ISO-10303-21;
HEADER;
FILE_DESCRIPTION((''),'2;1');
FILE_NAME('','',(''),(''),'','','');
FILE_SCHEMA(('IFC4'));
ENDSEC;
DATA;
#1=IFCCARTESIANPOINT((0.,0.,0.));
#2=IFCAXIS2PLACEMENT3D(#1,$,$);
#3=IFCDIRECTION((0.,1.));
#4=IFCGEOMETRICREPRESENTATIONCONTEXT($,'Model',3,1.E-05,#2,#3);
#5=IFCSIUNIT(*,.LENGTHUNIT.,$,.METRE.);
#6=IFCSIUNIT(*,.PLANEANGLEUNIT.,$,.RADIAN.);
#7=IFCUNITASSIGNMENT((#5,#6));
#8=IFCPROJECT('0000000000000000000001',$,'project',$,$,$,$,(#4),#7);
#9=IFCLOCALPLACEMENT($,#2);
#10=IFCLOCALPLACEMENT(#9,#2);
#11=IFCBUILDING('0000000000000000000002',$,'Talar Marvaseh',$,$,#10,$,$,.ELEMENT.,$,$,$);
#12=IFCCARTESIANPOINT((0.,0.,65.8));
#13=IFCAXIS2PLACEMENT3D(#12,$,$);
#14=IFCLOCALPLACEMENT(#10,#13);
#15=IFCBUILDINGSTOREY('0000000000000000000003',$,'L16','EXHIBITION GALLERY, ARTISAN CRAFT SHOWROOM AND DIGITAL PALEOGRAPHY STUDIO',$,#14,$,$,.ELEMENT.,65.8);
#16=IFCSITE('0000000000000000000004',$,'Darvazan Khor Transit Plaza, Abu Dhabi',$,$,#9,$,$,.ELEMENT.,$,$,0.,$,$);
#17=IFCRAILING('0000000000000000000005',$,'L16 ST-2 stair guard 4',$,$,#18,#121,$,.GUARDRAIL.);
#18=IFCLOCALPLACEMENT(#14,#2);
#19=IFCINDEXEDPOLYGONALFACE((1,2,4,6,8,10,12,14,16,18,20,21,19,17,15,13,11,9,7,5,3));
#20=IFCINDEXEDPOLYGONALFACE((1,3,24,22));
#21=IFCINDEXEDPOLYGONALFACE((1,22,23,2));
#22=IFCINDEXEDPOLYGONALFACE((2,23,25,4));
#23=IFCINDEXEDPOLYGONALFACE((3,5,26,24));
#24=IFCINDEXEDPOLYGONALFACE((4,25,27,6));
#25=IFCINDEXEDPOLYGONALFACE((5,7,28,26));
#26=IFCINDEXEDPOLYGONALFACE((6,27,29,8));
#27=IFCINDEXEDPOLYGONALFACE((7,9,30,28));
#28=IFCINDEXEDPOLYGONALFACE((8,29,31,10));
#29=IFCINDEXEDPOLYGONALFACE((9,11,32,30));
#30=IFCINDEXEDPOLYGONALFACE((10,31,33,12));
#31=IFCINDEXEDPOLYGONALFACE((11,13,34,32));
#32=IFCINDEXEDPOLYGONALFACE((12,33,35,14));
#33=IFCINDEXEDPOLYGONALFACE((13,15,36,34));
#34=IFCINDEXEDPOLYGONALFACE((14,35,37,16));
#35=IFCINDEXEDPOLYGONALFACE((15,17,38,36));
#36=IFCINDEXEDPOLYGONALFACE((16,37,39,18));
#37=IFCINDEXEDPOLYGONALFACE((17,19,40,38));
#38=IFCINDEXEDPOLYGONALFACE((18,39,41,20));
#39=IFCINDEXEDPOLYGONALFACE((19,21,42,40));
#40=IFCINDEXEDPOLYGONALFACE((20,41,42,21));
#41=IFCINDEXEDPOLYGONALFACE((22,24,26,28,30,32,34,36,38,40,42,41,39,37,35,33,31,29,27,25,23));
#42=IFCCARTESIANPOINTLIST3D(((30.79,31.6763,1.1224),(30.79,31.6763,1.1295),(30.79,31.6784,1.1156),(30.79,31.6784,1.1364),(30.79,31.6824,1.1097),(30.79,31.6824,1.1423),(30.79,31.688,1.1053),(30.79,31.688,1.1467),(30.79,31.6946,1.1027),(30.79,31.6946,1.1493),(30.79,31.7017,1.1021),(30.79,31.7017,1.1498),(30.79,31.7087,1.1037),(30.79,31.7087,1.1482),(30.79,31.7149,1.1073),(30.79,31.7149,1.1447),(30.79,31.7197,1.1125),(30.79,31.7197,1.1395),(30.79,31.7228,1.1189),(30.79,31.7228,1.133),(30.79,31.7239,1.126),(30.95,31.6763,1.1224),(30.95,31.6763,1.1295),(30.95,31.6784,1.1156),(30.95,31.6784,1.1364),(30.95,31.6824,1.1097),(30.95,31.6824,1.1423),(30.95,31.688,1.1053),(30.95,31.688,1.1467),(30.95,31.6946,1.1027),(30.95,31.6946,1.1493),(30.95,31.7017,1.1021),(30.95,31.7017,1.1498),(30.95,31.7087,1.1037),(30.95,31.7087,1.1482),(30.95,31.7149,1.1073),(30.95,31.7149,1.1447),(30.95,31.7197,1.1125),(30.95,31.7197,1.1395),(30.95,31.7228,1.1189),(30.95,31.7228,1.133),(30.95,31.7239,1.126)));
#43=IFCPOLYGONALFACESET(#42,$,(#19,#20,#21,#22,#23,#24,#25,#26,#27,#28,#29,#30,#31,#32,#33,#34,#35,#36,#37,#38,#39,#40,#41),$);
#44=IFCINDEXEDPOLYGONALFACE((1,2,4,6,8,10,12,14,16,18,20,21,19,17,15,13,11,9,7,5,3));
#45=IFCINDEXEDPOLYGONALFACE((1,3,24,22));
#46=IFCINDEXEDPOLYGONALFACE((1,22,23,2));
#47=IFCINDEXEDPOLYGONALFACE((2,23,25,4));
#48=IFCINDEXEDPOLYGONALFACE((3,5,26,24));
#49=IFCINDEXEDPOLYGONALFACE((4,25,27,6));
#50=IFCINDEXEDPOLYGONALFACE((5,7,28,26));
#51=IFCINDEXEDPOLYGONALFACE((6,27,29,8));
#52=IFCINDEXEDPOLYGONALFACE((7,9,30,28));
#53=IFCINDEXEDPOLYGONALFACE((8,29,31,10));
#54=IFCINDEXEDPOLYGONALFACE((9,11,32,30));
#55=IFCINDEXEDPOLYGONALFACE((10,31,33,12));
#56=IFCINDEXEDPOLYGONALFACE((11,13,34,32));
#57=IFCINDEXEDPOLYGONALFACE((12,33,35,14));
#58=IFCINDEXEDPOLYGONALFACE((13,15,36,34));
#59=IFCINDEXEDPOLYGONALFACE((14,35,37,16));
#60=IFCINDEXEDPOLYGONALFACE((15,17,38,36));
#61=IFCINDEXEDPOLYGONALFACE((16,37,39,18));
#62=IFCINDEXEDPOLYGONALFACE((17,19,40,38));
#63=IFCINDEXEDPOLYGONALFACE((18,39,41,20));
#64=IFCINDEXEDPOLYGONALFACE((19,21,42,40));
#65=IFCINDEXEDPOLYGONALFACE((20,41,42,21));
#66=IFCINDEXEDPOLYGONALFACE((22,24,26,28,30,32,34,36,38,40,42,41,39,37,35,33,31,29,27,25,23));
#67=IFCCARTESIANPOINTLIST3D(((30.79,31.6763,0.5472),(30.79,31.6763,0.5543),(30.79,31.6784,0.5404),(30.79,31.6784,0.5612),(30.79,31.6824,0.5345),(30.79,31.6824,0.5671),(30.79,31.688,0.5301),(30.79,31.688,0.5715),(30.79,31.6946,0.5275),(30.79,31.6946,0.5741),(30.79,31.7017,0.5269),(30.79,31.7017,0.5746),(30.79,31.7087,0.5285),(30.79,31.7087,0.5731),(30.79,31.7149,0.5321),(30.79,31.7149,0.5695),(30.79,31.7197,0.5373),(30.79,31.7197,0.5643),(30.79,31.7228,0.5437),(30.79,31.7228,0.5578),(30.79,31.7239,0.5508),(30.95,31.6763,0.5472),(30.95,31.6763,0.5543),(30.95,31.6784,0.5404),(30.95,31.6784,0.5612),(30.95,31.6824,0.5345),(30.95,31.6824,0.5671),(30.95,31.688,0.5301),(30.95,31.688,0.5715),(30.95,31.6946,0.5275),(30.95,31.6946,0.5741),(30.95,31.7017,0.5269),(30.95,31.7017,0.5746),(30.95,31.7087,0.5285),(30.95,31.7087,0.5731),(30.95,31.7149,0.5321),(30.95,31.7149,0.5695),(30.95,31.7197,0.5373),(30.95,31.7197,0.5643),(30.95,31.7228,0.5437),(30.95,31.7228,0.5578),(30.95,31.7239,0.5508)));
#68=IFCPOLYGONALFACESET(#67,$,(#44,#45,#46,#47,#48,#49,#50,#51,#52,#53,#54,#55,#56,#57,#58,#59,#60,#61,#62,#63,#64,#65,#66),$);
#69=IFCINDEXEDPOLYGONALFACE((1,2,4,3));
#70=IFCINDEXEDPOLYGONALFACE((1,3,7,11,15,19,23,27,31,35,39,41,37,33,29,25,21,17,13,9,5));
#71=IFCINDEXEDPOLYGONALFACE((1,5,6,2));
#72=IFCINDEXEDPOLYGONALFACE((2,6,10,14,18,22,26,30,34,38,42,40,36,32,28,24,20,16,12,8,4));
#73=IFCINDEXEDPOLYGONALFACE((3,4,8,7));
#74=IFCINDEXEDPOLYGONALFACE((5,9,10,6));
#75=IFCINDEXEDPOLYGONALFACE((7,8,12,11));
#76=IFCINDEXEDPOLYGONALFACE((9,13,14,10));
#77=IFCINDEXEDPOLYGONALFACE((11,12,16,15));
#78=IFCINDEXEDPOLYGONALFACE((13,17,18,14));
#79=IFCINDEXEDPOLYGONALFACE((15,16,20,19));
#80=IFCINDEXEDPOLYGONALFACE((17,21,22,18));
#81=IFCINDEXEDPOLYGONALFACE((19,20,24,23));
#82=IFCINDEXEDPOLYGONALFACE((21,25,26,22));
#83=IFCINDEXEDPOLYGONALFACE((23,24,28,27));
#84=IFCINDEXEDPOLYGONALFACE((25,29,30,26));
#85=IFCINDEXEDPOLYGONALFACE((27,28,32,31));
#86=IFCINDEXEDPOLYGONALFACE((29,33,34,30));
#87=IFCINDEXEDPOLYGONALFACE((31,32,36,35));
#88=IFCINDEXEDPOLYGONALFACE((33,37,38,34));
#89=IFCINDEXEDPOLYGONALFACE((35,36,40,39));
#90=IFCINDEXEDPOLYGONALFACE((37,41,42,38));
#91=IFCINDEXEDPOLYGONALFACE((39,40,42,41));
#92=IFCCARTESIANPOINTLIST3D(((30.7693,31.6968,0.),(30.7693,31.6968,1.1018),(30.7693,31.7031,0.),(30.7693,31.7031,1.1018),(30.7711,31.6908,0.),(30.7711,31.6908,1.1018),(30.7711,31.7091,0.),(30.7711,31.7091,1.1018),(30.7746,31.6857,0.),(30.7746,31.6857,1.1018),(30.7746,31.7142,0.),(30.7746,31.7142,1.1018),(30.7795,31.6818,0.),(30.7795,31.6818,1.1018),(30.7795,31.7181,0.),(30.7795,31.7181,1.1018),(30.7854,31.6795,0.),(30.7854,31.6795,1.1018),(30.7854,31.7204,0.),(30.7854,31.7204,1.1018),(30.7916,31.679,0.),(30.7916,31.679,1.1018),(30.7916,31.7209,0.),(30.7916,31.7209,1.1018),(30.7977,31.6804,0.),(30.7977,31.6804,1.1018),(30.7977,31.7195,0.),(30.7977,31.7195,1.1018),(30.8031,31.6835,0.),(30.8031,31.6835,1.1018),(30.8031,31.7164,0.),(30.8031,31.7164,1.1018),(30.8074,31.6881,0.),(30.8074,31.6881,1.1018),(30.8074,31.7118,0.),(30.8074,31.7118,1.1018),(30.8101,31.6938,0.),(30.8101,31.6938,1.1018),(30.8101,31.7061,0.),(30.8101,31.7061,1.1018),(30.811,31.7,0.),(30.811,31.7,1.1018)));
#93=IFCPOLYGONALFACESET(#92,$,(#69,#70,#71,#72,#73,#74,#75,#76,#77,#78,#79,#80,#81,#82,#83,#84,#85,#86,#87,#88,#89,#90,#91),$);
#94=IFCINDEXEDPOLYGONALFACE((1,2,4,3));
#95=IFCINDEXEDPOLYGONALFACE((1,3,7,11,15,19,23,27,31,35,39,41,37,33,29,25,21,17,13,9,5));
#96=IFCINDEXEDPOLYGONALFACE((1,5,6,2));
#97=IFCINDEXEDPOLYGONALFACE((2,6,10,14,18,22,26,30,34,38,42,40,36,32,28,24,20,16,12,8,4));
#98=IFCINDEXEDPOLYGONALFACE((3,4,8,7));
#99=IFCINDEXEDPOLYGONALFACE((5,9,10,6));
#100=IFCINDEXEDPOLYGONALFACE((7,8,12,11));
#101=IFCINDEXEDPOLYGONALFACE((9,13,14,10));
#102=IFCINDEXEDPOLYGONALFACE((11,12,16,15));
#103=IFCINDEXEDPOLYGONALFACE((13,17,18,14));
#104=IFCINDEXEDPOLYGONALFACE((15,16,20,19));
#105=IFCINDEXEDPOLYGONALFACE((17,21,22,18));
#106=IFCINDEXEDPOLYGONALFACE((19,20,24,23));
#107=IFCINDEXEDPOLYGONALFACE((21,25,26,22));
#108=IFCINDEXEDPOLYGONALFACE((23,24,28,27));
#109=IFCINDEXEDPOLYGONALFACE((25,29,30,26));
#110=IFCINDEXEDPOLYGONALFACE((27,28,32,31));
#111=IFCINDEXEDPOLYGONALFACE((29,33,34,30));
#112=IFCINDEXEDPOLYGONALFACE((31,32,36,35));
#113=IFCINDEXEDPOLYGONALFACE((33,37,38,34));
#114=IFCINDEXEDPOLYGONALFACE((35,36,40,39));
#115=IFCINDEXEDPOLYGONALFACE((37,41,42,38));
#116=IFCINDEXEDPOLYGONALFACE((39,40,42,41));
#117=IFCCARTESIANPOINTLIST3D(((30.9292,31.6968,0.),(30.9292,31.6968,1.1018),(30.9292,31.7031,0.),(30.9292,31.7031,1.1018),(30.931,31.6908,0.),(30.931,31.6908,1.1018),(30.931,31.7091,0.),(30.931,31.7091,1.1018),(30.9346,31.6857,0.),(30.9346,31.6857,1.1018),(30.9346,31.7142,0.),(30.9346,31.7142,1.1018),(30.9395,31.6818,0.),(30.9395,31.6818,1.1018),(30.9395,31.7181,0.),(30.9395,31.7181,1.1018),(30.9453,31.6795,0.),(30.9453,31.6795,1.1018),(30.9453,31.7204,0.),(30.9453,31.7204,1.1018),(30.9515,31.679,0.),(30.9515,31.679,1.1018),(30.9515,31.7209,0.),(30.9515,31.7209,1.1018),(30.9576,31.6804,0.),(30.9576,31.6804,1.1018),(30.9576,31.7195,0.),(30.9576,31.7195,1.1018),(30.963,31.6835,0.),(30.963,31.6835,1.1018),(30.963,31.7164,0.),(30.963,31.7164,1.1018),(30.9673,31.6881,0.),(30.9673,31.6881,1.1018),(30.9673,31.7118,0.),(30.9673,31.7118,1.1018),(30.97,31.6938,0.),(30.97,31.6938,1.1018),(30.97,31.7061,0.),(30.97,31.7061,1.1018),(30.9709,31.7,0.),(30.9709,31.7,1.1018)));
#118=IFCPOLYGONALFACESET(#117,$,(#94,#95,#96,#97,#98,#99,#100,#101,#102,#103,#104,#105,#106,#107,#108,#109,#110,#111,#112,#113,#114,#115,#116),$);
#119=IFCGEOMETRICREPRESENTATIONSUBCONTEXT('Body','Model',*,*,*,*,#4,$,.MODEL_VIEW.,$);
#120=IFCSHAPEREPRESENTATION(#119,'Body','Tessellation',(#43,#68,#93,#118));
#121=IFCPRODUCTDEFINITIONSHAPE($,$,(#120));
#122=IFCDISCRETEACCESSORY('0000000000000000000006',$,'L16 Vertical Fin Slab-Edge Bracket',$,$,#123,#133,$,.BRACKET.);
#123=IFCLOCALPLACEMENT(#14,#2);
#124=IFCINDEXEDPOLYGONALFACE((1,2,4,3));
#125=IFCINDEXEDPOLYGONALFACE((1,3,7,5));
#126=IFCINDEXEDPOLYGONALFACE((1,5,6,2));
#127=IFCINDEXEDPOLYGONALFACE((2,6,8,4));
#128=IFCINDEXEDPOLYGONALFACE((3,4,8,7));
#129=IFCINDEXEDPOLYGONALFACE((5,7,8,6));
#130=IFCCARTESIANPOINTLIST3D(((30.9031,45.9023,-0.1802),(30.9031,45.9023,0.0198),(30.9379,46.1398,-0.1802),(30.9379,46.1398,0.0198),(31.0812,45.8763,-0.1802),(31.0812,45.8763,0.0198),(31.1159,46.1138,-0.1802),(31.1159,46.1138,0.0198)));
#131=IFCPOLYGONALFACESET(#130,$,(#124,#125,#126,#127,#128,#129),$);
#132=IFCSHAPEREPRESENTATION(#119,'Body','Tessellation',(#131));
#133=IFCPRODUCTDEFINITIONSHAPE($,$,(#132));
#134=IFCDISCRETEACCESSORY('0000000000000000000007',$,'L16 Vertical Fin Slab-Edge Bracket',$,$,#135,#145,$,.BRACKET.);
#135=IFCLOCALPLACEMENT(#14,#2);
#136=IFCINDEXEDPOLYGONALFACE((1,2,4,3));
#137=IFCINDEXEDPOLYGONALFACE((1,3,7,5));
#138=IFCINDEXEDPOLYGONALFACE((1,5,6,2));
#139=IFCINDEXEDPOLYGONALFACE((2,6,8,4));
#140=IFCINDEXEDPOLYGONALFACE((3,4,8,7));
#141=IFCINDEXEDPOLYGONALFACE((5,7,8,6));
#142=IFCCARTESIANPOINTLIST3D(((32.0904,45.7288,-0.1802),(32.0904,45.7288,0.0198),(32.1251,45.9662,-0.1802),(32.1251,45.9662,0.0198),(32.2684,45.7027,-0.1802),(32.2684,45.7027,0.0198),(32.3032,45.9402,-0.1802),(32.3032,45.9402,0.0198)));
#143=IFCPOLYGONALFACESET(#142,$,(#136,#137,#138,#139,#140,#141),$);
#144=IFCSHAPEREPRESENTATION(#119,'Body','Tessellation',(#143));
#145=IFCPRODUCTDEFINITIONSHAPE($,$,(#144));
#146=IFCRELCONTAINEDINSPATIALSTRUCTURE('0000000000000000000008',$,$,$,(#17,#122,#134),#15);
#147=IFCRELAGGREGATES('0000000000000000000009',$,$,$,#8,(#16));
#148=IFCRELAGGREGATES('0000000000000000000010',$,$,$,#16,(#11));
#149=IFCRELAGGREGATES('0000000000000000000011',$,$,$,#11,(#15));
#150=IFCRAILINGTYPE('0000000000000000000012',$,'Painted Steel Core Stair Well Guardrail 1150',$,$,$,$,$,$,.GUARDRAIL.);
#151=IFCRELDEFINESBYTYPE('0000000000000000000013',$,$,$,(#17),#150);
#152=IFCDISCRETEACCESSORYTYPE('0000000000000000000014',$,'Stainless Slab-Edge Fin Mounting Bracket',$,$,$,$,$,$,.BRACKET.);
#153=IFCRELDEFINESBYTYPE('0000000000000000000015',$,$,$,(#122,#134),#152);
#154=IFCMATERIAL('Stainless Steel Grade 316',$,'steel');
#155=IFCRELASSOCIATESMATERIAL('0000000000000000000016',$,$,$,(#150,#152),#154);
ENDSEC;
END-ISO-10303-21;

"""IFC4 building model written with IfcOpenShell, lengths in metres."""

from ifc_helpers import new_model, si_unit, direction, frame, origin, origin_2d, place, context, subcontext, project, spatial, rectangle, circle, extrude, source, transform, mapped, material, type_object, type_shapes, element, save


model = new_model("IFC4")

# Units and contexts
model_context = context("Model", 3, precision=1e-05, world=origin(), true_north=direction((0.0, 1.0)))
body_context = subcontext(model_context, "Body", "Model", "MODEL_VIEW")
ifc_project = project(units=[si_unit("LENGTHUNIT", "METRE"), si_unit("PLANEANGLEUNIT", "RADIAN")], contexts=[model_context])

# Site, building, storey
site_placement = place(None, origin())
site = spatial("IfcSite", under=ifc_project, at=site_placement, Name="Darvazan Khor Transit Plaza, Abu Dhabi", CompositionType="ELEMENT", RefElevation=0.0)
building_placement = place(site_placement, origin())
building = spatial("IfcBuilding", under=site, at=building_placement, Name="Talar Marvaseh", CompositionType="ELEMENT")
storey_placement = place(building_placement, frame((0.0, 0.0, 65.8)))
storey = spatial("IfcBuildingStorey", under=building, at=storey_placement, Name="L16", Description="EXHIBITION GALLERY, ARTISAN CRAFT SHOWROOM AND DIGITAL PALEOGRAPHY STUDIO", CompositionType="ELEMENT", Elevation=65.8)

# Shared definitions
ifc_material_1 = material(Name="Stainless Steel Grade 316", Category="steel")

# Railing
railing_type_1 = type_object("IfcRailingType", Name="Painted Steel Core Stair Well Guardrail 1150", PredefinedType="GUARDRAIL", material=ifc_material_1)
railing_1_placement = place(storey_placement, frame((30.79, 31.7, 0.0)))
element("IfcRailing", 1, at=railing_1_placement, inside=storey, type_object=railing_type_1, Name="L16 ST-2 stair guard 4", PredefinedType="GUARDRAIL", context=body_context, shape_type="SweptSolid", body=[
    extrude(circle(Radius=0.0239, at=origin_2d()), frame((0.0, 0.0, 1.126), z_axis=(1.0, 0.0, 0.0), x_axis=(0.0, 1.0, 0.0)), (0.0, 0.0, 1.0), 0.1599),
    extrude(circle(Radius=0.0239, at=origin_2d()), frame((0.0, 0.0, 0.5508), z_axis=(1.0, 0.0, 0.0), x_axis=(0.0, 1.0, 0.0)), (0.0, 0.0, 1.0), 0.1599),
    extrude(circle(Radius=0.021, at=origin_2d()), origin(), (0.0, 0.0, 1.0), 1.1018),
    extrude(circle(Radius=0.021, at=origin_2d()), frame((0.1599, 0.0, 0.0)), (0.0, 0.0, 1.0), 1.1018),
])

# Discrete accessories
discrete_accessory_type = type_object("IfcDiscreteAccessoryType", Name="Stainless Slab-Edge Fin Mounting Bracket", PredefinedType="BRACKET", material=ifc_material_1)
shared_shape_1 = source(origin(), body_context, "Body", "SweptSolid", [
    extrude(rectangle(XDim=0.24, YDim=0.1799, at=origin_2d()), origin(), (0.0, 0.0, 1.0), 0.2),
])
type_shapes(discrete_accessory_type, [shared_shape_1])
for number, where, z_axis, x_axis, name in (
    (2, (31.0095, 46.0081, -0.1802), (0.0, 0.0, 1.0), (0.144702, 0.989475, 0.0), "L16 Vertical Fin Slab-Edge Bracket"),
    (3, (32.1968, 45.8345, -0.1802), (0.0, 0.0, 1.0), (0.144702, 0.989475, 0.0), "L16 Vertical Fin Slab-Edge Bracket"),
):
    element("IfcDiscreteAccessory", number, at=place(storey_placement, frame(where, z_axis=z_axis, x_axis=x_axis)), inside=storey, type_object=discrete_accessory_type, Name=name, PredefinedType="BRACKET", context=body_context, shape_type="MappedRepresentation", body=[
        mapped(shared_shape_1, transform((0.0, 0.0, 0.0), x_axis=(1.0, 0.0, 0.0), y_axis=(0.0, 1.0, 0.0), z_axis=(0.0, 0.0, 1.0), scale=1.0)),
    ])

save(model, "model.ifc")
